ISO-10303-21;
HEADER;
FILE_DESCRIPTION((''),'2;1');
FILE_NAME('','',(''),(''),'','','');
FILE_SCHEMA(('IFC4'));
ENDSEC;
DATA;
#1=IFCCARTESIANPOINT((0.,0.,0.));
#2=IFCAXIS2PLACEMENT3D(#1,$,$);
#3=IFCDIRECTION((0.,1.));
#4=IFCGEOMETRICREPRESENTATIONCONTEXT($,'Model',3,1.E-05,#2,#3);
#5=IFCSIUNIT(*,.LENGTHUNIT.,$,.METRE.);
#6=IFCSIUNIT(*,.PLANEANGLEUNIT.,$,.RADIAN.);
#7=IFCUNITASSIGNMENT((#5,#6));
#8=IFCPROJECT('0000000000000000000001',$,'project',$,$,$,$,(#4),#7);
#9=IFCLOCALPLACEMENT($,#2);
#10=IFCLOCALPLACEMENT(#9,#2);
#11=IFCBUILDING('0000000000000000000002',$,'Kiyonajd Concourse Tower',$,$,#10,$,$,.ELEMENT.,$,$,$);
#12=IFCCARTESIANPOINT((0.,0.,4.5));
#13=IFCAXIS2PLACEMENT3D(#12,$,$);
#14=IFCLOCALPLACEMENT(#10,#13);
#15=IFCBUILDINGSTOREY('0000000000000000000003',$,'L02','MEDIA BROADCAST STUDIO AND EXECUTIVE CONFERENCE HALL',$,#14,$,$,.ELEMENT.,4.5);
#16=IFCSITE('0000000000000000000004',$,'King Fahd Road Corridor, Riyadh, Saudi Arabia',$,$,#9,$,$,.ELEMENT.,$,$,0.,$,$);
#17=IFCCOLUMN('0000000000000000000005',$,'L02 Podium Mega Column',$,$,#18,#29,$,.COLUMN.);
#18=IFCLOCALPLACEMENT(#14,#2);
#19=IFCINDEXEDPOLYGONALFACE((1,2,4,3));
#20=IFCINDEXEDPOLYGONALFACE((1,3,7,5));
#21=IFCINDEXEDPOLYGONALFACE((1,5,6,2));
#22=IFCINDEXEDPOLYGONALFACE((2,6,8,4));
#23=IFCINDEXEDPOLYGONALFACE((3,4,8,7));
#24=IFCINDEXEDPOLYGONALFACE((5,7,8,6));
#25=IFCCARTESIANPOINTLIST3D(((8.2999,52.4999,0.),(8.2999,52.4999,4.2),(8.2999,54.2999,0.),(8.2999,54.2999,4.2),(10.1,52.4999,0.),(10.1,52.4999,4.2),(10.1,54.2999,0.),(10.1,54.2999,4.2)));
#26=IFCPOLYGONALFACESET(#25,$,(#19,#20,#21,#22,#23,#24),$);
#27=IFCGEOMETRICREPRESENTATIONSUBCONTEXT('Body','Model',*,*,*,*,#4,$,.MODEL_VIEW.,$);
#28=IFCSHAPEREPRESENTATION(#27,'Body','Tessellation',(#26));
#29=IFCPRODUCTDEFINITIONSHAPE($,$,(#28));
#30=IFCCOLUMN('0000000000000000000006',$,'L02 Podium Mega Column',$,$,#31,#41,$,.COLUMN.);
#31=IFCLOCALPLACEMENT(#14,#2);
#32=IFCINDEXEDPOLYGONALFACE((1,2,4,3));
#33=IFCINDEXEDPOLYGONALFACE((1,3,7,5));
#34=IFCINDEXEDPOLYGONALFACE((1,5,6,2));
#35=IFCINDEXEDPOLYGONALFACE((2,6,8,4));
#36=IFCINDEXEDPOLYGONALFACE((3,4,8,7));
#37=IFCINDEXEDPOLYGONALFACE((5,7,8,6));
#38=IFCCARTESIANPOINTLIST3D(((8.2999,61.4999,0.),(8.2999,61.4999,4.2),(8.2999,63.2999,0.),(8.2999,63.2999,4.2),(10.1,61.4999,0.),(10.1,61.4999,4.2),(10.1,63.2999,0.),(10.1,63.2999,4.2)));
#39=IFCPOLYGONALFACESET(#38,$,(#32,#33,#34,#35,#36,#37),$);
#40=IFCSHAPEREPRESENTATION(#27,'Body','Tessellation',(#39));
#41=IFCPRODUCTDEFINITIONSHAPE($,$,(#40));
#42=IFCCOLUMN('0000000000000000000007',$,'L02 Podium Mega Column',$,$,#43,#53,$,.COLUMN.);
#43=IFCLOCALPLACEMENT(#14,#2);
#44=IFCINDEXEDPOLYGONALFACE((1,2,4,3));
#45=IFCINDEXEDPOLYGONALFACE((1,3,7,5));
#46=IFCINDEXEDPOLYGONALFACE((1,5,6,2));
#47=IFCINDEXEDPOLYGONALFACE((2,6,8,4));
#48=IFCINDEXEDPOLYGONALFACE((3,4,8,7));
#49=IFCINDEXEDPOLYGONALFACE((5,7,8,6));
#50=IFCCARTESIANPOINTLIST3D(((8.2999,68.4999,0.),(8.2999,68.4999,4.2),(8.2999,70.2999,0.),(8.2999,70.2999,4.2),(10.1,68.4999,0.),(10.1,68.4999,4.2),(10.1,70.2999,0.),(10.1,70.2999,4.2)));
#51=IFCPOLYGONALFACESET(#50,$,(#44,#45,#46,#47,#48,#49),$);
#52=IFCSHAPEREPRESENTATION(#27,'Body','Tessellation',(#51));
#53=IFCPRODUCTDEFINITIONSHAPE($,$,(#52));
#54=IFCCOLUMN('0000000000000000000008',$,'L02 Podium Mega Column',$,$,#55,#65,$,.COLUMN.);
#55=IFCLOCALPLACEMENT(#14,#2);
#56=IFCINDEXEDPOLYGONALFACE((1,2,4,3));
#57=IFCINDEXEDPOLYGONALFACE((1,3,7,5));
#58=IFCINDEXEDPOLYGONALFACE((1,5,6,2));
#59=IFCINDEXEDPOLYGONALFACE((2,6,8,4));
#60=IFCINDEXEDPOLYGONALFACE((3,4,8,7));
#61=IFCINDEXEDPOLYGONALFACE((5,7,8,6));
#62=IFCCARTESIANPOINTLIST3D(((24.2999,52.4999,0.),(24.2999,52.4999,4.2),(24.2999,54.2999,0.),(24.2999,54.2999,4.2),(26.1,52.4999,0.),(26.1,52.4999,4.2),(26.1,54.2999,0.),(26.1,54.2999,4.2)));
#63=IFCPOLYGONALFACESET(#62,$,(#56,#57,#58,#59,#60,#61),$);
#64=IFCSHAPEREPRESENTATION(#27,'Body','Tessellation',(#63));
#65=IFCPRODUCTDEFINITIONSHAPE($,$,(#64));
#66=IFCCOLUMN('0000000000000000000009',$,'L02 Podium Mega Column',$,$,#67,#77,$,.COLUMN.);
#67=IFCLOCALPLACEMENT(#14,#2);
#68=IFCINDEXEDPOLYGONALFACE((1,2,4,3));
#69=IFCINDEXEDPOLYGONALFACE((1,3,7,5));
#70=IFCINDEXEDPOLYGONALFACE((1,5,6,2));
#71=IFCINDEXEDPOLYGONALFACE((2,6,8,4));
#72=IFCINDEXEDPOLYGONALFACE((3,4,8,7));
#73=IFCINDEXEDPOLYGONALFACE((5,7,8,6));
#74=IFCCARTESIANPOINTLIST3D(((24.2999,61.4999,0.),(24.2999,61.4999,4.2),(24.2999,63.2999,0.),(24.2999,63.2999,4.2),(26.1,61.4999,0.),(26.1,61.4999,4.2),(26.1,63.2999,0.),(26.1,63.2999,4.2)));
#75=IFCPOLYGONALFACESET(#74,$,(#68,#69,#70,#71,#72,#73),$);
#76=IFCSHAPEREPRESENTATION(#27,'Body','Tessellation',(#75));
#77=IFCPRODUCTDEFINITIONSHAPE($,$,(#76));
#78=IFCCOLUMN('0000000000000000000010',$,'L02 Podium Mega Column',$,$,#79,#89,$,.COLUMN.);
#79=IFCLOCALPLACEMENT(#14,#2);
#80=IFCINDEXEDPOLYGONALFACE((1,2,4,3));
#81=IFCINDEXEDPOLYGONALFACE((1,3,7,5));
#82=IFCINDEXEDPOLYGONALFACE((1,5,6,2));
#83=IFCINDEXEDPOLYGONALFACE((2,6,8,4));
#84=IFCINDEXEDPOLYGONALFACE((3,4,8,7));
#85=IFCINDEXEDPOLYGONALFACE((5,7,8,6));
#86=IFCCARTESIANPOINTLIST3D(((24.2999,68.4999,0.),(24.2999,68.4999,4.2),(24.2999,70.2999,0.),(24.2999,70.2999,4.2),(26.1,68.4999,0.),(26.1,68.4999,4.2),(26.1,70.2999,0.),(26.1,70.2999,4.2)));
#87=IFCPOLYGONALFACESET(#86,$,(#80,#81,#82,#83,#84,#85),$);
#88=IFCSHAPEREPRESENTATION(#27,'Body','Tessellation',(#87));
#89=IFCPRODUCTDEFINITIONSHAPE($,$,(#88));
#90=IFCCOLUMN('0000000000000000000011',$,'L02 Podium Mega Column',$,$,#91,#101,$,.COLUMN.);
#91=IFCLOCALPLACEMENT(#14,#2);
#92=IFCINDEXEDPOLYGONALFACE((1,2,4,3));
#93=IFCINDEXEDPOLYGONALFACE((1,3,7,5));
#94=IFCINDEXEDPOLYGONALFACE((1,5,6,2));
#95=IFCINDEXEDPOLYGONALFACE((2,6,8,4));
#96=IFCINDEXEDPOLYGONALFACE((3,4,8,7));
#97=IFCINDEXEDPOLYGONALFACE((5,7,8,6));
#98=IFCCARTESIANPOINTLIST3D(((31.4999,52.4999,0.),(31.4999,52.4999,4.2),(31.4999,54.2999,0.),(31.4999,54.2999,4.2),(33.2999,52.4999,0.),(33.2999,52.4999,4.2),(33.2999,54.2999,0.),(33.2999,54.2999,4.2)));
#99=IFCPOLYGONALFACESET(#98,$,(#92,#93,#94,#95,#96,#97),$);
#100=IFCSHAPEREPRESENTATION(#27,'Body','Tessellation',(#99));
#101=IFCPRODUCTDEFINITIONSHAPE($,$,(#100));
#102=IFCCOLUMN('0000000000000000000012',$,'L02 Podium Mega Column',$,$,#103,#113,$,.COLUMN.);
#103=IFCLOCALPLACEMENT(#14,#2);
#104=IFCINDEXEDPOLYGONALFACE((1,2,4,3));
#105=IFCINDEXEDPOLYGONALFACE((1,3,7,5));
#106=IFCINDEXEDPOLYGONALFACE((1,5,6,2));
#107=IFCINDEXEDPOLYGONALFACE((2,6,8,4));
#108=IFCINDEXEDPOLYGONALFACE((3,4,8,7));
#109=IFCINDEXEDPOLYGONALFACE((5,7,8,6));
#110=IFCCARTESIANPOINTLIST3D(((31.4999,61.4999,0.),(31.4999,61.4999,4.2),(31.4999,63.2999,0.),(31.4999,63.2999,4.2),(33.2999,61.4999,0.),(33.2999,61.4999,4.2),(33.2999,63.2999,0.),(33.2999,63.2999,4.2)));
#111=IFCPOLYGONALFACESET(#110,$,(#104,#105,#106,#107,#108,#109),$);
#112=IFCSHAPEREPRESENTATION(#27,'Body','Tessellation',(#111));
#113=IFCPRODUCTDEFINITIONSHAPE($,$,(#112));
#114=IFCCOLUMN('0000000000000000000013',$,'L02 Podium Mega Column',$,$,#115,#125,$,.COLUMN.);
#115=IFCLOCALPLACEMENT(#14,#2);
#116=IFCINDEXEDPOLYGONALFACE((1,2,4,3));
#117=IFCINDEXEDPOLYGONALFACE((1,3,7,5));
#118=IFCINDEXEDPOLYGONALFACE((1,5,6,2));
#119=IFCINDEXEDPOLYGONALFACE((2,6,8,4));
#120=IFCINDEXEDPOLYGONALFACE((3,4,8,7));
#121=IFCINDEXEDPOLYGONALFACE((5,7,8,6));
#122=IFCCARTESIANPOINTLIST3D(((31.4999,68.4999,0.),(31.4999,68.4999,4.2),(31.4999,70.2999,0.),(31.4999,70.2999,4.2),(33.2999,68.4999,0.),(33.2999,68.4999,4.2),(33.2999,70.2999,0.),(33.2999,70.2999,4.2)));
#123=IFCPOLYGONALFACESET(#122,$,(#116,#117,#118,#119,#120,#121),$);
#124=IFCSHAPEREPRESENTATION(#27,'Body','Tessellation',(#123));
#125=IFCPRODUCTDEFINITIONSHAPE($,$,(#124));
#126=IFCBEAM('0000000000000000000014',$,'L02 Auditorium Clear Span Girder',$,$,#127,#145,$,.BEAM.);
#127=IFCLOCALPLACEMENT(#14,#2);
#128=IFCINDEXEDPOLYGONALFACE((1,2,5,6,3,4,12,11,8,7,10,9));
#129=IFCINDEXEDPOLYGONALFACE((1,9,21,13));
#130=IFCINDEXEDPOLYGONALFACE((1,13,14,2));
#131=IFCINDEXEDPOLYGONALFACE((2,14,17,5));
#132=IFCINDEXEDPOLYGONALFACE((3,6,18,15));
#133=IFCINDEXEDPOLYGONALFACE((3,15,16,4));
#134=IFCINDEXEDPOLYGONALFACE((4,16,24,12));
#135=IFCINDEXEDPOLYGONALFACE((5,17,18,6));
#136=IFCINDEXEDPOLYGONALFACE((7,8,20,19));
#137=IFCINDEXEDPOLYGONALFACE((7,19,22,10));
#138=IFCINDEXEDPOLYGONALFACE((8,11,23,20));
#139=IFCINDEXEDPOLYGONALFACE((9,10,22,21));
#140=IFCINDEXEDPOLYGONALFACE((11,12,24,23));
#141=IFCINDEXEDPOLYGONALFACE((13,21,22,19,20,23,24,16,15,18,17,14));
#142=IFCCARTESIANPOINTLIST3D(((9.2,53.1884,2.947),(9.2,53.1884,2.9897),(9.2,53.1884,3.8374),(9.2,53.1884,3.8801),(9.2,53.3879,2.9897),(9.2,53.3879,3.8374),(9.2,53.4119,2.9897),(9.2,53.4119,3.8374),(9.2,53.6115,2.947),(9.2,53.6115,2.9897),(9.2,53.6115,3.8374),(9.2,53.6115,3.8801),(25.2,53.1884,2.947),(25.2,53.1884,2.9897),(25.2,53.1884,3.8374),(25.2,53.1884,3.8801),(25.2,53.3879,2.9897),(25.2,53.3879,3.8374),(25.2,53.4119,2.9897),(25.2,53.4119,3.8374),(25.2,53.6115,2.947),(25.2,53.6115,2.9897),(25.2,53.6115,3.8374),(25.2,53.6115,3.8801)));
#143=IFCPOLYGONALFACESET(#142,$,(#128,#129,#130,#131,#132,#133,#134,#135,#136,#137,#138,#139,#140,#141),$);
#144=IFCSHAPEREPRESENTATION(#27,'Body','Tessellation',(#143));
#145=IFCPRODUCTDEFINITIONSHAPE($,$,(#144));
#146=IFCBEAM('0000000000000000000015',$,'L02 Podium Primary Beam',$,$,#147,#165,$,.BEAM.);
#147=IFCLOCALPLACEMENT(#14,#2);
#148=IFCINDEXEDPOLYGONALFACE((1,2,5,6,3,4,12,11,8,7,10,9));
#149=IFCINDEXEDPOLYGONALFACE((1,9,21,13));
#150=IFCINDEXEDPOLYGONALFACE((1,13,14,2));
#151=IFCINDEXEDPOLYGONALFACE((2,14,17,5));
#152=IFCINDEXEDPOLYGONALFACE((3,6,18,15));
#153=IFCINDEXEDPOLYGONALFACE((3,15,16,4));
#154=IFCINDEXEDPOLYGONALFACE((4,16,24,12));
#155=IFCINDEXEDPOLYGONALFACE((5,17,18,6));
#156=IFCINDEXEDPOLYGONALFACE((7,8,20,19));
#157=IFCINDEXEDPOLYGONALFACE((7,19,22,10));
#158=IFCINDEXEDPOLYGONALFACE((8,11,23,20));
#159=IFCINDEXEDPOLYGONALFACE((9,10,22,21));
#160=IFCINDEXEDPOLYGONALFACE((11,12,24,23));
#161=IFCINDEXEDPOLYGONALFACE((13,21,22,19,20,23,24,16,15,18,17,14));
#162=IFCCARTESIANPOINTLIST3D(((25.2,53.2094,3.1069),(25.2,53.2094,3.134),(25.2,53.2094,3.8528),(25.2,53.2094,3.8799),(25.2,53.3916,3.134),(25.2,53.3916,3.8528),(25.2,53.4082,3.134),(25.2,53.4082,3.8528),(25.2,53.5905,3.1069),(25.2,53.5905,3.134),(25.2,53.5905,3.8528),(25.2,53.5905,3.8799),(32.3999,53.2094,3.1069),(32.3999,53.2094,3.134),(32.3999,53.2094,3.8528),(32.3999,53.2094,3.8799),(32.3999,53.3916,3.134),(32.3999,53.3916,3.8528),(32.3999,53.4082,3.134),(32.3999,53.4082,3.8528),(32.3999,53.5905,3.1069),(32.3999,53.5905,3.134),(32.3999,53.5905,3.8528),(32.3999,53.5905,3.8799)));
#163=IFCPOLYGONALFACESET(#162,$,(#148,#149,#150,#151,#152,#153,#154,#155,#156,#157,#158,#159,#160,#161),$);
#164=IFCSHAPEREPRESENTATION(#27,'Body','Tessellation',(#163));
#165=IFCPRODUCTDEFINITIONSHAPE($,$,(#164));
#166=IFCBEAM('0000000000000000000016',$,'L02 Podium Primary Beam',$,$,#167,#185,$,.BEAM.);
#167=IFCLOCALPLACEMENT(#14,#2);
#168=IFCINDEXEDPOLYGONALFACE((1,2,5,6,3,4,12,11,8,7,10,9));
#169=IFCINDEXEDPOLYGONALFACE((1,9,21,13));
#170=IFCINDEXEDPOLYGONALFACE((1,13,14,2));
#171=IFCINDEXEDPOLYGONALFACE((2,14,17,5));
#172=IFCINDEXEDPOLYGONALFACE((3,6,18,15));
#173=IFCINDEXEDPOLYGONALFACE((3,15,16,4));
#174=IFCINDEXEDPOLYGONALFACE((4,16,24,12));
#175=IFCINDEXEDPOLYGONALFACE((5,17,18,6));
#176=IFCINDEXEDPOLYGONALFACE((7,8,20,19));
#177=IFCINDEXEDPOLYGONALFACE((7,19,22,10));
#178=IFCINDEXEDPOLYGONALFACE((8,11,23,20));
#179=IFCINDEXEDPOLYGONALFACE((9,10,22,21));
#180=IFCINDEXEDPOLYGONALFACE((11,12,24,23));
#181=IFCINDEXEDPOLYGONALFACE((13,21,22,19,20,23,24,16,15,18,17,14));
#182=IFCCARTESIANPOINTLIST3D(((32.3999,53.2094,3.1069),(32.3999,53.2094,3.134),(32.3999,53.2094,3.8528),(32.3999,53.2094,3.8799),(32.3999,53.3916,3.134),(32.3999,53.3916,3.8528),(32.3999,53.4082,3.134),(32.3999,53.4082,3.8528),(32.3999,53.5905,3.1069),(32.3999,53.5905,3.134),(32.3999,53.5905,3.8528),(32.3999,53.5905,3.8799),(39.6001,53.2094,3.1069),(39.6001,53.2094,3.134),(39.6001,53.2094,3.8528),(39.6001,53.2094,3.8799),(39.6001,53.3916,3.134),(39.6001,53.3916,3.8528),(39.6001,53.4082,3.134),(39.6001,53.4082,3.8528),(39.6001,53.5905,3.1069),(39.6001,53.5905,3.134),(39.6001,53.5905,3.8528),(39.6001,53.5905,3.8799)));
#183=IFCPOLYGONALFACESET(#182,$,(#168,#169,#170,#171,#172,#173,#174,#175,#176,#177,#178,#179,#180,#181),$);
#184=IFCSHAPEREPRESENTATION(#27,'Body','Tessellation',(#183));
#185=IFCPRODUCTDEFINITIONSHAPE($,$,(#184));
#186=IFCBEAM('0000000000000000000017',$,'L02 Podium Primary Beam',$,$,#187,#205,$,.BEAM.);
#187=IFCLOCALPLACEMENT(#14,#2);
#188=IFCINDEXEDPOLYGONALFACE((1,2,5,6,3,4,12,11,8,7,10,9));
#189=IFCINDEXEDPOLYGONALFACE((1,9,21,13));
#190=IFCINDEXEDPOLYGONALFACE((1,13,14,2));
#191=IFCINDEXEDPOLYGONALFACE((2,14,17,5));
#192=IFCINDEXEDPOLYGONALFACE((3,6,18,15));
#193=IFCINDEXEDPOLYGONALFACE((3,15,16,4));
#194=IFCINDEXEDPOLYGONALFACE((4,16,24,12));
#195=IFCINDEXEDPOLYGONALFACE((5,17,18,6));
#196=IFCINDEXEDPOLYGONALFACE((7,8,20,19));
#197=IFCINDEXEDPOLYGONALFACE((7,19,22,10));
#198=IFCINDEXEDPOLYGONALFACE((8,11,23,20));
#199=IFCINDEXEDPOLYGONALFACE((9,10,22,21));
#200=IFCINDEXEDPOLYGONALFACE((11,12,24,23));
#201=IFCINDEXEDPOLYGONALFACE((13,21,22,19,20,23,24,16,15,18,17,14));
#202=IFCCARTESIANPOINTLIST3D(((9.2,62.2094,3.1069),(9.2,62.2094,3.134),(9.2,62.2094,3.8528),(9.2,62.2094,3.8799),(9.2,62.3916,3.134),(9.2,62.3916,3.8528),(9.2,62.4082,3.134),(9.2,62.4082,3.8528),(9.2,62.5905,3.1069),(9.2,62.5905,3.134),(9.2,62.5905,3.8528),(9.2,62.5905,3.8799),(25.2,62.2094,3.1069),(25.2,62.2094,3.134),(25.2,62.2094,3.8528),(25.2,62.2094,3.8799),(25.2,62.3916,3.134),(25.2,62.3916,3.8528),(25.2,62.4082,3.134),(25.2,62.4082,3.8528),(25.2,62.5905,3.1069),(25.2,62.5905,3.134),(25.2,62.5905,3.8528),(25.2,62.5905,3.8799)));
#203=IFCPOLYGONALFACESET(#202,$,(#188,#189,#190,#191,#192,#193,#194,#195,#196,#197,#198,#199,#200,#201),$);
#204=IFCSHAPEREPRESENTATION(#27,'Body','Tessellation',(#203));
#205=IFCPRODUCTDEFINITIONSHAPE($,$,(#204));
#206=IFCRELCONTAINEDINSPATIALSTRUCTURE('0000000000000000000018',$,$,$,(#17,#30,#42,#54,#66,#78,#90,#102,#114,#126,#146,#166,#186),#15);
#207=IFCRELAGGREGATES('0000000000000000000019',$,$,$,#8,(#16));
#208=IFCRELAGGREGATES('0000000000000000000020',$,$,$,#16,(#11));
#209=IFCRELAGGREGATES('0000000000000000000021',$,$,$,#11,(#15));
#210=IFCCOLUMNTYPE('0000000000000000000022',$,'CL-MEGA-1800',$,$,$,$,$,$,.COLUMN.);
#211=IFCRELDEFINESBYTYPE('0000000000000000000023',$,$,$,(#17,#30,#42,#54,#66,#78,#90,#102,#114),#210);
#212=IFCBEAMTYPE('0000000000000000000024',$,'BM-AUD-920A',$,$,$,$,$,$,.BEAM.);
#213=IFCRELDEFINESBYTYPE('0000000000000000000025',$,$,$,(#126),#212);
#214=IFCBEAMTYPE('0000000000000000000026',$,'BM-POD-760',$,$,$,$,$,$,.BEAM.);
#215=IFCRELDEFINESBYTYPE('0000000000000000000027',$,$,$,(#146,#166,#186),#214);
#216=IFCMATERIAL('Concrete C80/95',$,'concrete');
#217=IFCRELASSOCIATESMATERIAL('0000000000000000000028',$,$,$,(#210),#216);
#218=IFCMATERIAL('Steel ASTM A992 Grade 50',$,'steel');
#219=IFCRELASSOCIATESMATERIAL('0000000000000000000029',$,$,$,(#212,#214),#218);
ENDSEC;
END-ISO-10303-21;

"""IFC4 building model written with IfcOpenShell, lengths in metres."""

from ifc_helpers import new_model, si_unit, direction, frame, origin, origin_2d, place, context, subcontext, project, spatial, rectangle, i_section, extrude, material, material_profile, profile_set, type_object, element, save


model = new_model("IFC4")

# Units and contexts
model_context = context("Model", 3, precision=1e-05, world=origin(), true_north=direction((0.0, 1.0)))
body_context = subcontext(model_context, "Body", "Model", "MODEL_VIEW")
ifc_project = project(units=[si_unit("LENGTHUNIT", "METRE"), si_unit("PLANEANGLEUNIT", "RADIAN")], contexts=[model_context])

# Site, building, storey
site_placement = place(None, origin())
site = spatial("IfcSite", under=ifc_project, at=site_placement, Name="King Fahd Road Corridor, Riyadh, Saudi Arabia", CompositionType="ELEMENT", RefElevation=0.0)
building_placement = place(site_placement, origin())
building = spatial("IfcBuilding", under=site, at=building_placement, Name="Kiyonajd Concourse Tower", CompositionType="ELEMENT")
storey_placement = place(building_placement, frame((0.0, 0.0, 4.5)))
storey = spatial("IfcBuildingStorey", under=building, at=storey_placement, Name="L02", Description="MEDIA BROADCAST STUDIO AND EXECUTIVE CONFERENCE HALL", CompositionType="ELEMENT", Elevation=4.5)

# Columns
ifc_material_1 = material(Name="Concrete C80/95", Category="concrete")
ifc_material_profile_1 = material_profile(ifc_material_1, rectangle(XDim=1.8, YDim=1.8, at=origin_2d()), Name="RC-1800x1800")
ifc_profile_set_1 = profile_set([ifc_material_profile_1], Name="Concrete C80/95")
column_type = type_object("IfcColumnType", Name="CL-MEGA-1800", PredefinedType="COLUMN", material=ifc_profile_set_1)
for number, where, z_axis, x_axis, name in (
    (1, (9.2, 53.3999, 0.0), (0.0, 0.0, 1.0), (1.0, 0.0, 0.0), "L02 Podium Mega Column"),
    (2, (9.2, 62.3999, 0.0), (0.0, 0.0, 1.0), (1.0, 0.0, 0.0), "L02 Podium Mega Column"),
    (3, (9.2, 69.3999, 0.0), (0.0, 0.0, 1.0), (1.0, 0.0, 0.0), "L02 Podium Mega Column"),
    (4, (25.2, 53.3999, 0.0), (0.0, 0.0, 1.0), (1.0, 0.0, 0.0), "L02 Podium Mega Column"),
    (5, (25.2, 62.3999, 0.0), (0.0, 0.0, 1.0), (1.0, 0.0, 0.0), "L02 Podium Mega Column"),
    (6, (25.2, 69.3999, 0.0), (0.0, 0.0, 1.0), (1.0, 0.0, 0.0), "L02 Podium Mega Column"),
    (7, (32.3999, 53.3999, 0.0), (0.0, 0.0, 1.0), (1.0, 0.0, 0.0), "L02 Podium Mega Column"),
    (8, (32.3999, 62.3999, 0.0), (0.0, 0.0, 1.0), (1.0, 0.0, 0.0), "L02 Podium Mega Column"),
    (9, (32.3999, 69.3999, 0.0), (0.0, 0.0, 1.0), (1.0, 0.0, 0.0), "L02 Podium Mega Column"),
):
    element("IfcColumn", number, at=place(storey_placement, frame(where, z_axis=z_axis, x_axis=x_axis)), inside=storey, type_object=column_type, Name=name, PredefinedType="COLUMN", context=body_context, shape_type="SweptSolid", body=[
        extrude(rectangle(XDim=1.8, YDim=1.8, at=origin_2d()), origin(), (0.0, 0.0, 1.0), 4.2),
    ])

# Beams
ifc_material_2 = material(Name="Steel ASTM A992 Grade 50", Category="steel")
ifc_material_profile_2 = material_profile(ifc_material_2, i_section(OverallWidth=0.4231, OverallDepth=0.9331, WebThickness=0.0239, FlangeThickness=0.0427, at=origin_2d()), Name="W920X446")
ifc_profile_set_2 = profile_set([ifc_material_profile_2], Name="Steel ASTM A992 Grade 50")
beam_type_1 = type_object("IfcBeamType", Name="BM-AUD-920A", PredefinedType="BEAM", material=ifc_profile_set_2)
beam_1_placement = place(storey_placement, frame((9.2, 53.3999, 3.4136), z_axis=(1.0, 0.0, 0.0), x_axis=(0.0, 1.0, 0.0)))
element("IfcBeam", 10, at=beam_1_placement, inside=storey, type_object=beam_type_1, Name="L02 Auditorium Clear Span Girder", PredefinedType="BEAM", context=body_context, shape_type="SweptSolid", body=[
    extrude(i_section(OverallWidth=0.4231, OverallDepth=0.9331, WebThickness=0.0239, FlangeThickness=0.0427, at=origin_2d()), origin(), (0.0, 0.0, 1.0), 16.0),
])
ifc_material_profile_3 = material_profile(ifc_material_2, i_section(OverallWidth=0.3811, OverallDepth=0.7729, WebThickness=0.0166, FlangeThickness=0.0271, at=origin_2d()), Name="W760X257")
ifc_profile_set_3 = profile_set([ifc_material_profile_3], Name="Steel ASTM A992 Grade 50")
beam_type_2 = type_object("IfcBeamType", Name="BM-POD-760", PredefinedType="BEAM", material=ifc_profile_set_3)
beam_2_placement = place(storey_placement, frame((25.2, 53.3999, 3.4934), z_axis=(1.0, 0.0, 0.0), x_axis=(0.0, 1.0, 0.0)))
element("IfcBeam", 11, at=beam_2_placement, inside=storey, type_object=beam_type_2, Name="L02 Podium Primary Beam", PredefinedType="BEAM", context=body_context, shape_type="SweptSolid", body=[
    extrude(i_section(OverallWidth=0.3811, OverallDepth=0.7729, WebThickness=0.0166, FlangeThickness=0.0271, at=origin_2d()), origin(), (0.0, 0.0, 1.0), 7.2),
])
beam_3_placement = place(storey_placement, frame((32.3999, 53.3999, 3.4934), z_axis=(1.0, 0.0, 0.0), x_axis=(0.0, 1.0, 0.0)))
element("IfcBeam", 12, at=beam_3_placement, inside=storey, type_object=beam_type_2, Name="L02 Podium Primary Beam", PredefinedType="BEAM", context=body_context, shape_type="SweptSolid", body=[
    extrude(i_section(OverallWidth=0.3811, OverallDepth=0.7729, WebThickness=0.0166, FlangeThickness=0.0271, at=origin_2d()), origin(), (0.0, 0.0, 1.0), 7.2002),
])
beam_4_placement = place(storey_placement, frame((9.2, 62.3999, 3.4934), z_axis=(1.0, 0.0, 0.0), x_axis=(0.0, 1.0, 0.0)))
element("IfcBeam", 13, at=beam_4_placement, inside=storey, type_object=beam_type_2, Name="L02 Podium Primary Beam", PredefinedType="BEAM", context=body_context, shape_type="SweptSolid", body=[
    extrude(i_section(OverallWidth=0.3811, OverallDepth=0.7729, WebThickness=0.0166, FlangeThickness=0.0271, at=origin_2d()), origin(), (0.0, 0.0, 1.0), 16.0),
])

save(model, "model.ifc")
